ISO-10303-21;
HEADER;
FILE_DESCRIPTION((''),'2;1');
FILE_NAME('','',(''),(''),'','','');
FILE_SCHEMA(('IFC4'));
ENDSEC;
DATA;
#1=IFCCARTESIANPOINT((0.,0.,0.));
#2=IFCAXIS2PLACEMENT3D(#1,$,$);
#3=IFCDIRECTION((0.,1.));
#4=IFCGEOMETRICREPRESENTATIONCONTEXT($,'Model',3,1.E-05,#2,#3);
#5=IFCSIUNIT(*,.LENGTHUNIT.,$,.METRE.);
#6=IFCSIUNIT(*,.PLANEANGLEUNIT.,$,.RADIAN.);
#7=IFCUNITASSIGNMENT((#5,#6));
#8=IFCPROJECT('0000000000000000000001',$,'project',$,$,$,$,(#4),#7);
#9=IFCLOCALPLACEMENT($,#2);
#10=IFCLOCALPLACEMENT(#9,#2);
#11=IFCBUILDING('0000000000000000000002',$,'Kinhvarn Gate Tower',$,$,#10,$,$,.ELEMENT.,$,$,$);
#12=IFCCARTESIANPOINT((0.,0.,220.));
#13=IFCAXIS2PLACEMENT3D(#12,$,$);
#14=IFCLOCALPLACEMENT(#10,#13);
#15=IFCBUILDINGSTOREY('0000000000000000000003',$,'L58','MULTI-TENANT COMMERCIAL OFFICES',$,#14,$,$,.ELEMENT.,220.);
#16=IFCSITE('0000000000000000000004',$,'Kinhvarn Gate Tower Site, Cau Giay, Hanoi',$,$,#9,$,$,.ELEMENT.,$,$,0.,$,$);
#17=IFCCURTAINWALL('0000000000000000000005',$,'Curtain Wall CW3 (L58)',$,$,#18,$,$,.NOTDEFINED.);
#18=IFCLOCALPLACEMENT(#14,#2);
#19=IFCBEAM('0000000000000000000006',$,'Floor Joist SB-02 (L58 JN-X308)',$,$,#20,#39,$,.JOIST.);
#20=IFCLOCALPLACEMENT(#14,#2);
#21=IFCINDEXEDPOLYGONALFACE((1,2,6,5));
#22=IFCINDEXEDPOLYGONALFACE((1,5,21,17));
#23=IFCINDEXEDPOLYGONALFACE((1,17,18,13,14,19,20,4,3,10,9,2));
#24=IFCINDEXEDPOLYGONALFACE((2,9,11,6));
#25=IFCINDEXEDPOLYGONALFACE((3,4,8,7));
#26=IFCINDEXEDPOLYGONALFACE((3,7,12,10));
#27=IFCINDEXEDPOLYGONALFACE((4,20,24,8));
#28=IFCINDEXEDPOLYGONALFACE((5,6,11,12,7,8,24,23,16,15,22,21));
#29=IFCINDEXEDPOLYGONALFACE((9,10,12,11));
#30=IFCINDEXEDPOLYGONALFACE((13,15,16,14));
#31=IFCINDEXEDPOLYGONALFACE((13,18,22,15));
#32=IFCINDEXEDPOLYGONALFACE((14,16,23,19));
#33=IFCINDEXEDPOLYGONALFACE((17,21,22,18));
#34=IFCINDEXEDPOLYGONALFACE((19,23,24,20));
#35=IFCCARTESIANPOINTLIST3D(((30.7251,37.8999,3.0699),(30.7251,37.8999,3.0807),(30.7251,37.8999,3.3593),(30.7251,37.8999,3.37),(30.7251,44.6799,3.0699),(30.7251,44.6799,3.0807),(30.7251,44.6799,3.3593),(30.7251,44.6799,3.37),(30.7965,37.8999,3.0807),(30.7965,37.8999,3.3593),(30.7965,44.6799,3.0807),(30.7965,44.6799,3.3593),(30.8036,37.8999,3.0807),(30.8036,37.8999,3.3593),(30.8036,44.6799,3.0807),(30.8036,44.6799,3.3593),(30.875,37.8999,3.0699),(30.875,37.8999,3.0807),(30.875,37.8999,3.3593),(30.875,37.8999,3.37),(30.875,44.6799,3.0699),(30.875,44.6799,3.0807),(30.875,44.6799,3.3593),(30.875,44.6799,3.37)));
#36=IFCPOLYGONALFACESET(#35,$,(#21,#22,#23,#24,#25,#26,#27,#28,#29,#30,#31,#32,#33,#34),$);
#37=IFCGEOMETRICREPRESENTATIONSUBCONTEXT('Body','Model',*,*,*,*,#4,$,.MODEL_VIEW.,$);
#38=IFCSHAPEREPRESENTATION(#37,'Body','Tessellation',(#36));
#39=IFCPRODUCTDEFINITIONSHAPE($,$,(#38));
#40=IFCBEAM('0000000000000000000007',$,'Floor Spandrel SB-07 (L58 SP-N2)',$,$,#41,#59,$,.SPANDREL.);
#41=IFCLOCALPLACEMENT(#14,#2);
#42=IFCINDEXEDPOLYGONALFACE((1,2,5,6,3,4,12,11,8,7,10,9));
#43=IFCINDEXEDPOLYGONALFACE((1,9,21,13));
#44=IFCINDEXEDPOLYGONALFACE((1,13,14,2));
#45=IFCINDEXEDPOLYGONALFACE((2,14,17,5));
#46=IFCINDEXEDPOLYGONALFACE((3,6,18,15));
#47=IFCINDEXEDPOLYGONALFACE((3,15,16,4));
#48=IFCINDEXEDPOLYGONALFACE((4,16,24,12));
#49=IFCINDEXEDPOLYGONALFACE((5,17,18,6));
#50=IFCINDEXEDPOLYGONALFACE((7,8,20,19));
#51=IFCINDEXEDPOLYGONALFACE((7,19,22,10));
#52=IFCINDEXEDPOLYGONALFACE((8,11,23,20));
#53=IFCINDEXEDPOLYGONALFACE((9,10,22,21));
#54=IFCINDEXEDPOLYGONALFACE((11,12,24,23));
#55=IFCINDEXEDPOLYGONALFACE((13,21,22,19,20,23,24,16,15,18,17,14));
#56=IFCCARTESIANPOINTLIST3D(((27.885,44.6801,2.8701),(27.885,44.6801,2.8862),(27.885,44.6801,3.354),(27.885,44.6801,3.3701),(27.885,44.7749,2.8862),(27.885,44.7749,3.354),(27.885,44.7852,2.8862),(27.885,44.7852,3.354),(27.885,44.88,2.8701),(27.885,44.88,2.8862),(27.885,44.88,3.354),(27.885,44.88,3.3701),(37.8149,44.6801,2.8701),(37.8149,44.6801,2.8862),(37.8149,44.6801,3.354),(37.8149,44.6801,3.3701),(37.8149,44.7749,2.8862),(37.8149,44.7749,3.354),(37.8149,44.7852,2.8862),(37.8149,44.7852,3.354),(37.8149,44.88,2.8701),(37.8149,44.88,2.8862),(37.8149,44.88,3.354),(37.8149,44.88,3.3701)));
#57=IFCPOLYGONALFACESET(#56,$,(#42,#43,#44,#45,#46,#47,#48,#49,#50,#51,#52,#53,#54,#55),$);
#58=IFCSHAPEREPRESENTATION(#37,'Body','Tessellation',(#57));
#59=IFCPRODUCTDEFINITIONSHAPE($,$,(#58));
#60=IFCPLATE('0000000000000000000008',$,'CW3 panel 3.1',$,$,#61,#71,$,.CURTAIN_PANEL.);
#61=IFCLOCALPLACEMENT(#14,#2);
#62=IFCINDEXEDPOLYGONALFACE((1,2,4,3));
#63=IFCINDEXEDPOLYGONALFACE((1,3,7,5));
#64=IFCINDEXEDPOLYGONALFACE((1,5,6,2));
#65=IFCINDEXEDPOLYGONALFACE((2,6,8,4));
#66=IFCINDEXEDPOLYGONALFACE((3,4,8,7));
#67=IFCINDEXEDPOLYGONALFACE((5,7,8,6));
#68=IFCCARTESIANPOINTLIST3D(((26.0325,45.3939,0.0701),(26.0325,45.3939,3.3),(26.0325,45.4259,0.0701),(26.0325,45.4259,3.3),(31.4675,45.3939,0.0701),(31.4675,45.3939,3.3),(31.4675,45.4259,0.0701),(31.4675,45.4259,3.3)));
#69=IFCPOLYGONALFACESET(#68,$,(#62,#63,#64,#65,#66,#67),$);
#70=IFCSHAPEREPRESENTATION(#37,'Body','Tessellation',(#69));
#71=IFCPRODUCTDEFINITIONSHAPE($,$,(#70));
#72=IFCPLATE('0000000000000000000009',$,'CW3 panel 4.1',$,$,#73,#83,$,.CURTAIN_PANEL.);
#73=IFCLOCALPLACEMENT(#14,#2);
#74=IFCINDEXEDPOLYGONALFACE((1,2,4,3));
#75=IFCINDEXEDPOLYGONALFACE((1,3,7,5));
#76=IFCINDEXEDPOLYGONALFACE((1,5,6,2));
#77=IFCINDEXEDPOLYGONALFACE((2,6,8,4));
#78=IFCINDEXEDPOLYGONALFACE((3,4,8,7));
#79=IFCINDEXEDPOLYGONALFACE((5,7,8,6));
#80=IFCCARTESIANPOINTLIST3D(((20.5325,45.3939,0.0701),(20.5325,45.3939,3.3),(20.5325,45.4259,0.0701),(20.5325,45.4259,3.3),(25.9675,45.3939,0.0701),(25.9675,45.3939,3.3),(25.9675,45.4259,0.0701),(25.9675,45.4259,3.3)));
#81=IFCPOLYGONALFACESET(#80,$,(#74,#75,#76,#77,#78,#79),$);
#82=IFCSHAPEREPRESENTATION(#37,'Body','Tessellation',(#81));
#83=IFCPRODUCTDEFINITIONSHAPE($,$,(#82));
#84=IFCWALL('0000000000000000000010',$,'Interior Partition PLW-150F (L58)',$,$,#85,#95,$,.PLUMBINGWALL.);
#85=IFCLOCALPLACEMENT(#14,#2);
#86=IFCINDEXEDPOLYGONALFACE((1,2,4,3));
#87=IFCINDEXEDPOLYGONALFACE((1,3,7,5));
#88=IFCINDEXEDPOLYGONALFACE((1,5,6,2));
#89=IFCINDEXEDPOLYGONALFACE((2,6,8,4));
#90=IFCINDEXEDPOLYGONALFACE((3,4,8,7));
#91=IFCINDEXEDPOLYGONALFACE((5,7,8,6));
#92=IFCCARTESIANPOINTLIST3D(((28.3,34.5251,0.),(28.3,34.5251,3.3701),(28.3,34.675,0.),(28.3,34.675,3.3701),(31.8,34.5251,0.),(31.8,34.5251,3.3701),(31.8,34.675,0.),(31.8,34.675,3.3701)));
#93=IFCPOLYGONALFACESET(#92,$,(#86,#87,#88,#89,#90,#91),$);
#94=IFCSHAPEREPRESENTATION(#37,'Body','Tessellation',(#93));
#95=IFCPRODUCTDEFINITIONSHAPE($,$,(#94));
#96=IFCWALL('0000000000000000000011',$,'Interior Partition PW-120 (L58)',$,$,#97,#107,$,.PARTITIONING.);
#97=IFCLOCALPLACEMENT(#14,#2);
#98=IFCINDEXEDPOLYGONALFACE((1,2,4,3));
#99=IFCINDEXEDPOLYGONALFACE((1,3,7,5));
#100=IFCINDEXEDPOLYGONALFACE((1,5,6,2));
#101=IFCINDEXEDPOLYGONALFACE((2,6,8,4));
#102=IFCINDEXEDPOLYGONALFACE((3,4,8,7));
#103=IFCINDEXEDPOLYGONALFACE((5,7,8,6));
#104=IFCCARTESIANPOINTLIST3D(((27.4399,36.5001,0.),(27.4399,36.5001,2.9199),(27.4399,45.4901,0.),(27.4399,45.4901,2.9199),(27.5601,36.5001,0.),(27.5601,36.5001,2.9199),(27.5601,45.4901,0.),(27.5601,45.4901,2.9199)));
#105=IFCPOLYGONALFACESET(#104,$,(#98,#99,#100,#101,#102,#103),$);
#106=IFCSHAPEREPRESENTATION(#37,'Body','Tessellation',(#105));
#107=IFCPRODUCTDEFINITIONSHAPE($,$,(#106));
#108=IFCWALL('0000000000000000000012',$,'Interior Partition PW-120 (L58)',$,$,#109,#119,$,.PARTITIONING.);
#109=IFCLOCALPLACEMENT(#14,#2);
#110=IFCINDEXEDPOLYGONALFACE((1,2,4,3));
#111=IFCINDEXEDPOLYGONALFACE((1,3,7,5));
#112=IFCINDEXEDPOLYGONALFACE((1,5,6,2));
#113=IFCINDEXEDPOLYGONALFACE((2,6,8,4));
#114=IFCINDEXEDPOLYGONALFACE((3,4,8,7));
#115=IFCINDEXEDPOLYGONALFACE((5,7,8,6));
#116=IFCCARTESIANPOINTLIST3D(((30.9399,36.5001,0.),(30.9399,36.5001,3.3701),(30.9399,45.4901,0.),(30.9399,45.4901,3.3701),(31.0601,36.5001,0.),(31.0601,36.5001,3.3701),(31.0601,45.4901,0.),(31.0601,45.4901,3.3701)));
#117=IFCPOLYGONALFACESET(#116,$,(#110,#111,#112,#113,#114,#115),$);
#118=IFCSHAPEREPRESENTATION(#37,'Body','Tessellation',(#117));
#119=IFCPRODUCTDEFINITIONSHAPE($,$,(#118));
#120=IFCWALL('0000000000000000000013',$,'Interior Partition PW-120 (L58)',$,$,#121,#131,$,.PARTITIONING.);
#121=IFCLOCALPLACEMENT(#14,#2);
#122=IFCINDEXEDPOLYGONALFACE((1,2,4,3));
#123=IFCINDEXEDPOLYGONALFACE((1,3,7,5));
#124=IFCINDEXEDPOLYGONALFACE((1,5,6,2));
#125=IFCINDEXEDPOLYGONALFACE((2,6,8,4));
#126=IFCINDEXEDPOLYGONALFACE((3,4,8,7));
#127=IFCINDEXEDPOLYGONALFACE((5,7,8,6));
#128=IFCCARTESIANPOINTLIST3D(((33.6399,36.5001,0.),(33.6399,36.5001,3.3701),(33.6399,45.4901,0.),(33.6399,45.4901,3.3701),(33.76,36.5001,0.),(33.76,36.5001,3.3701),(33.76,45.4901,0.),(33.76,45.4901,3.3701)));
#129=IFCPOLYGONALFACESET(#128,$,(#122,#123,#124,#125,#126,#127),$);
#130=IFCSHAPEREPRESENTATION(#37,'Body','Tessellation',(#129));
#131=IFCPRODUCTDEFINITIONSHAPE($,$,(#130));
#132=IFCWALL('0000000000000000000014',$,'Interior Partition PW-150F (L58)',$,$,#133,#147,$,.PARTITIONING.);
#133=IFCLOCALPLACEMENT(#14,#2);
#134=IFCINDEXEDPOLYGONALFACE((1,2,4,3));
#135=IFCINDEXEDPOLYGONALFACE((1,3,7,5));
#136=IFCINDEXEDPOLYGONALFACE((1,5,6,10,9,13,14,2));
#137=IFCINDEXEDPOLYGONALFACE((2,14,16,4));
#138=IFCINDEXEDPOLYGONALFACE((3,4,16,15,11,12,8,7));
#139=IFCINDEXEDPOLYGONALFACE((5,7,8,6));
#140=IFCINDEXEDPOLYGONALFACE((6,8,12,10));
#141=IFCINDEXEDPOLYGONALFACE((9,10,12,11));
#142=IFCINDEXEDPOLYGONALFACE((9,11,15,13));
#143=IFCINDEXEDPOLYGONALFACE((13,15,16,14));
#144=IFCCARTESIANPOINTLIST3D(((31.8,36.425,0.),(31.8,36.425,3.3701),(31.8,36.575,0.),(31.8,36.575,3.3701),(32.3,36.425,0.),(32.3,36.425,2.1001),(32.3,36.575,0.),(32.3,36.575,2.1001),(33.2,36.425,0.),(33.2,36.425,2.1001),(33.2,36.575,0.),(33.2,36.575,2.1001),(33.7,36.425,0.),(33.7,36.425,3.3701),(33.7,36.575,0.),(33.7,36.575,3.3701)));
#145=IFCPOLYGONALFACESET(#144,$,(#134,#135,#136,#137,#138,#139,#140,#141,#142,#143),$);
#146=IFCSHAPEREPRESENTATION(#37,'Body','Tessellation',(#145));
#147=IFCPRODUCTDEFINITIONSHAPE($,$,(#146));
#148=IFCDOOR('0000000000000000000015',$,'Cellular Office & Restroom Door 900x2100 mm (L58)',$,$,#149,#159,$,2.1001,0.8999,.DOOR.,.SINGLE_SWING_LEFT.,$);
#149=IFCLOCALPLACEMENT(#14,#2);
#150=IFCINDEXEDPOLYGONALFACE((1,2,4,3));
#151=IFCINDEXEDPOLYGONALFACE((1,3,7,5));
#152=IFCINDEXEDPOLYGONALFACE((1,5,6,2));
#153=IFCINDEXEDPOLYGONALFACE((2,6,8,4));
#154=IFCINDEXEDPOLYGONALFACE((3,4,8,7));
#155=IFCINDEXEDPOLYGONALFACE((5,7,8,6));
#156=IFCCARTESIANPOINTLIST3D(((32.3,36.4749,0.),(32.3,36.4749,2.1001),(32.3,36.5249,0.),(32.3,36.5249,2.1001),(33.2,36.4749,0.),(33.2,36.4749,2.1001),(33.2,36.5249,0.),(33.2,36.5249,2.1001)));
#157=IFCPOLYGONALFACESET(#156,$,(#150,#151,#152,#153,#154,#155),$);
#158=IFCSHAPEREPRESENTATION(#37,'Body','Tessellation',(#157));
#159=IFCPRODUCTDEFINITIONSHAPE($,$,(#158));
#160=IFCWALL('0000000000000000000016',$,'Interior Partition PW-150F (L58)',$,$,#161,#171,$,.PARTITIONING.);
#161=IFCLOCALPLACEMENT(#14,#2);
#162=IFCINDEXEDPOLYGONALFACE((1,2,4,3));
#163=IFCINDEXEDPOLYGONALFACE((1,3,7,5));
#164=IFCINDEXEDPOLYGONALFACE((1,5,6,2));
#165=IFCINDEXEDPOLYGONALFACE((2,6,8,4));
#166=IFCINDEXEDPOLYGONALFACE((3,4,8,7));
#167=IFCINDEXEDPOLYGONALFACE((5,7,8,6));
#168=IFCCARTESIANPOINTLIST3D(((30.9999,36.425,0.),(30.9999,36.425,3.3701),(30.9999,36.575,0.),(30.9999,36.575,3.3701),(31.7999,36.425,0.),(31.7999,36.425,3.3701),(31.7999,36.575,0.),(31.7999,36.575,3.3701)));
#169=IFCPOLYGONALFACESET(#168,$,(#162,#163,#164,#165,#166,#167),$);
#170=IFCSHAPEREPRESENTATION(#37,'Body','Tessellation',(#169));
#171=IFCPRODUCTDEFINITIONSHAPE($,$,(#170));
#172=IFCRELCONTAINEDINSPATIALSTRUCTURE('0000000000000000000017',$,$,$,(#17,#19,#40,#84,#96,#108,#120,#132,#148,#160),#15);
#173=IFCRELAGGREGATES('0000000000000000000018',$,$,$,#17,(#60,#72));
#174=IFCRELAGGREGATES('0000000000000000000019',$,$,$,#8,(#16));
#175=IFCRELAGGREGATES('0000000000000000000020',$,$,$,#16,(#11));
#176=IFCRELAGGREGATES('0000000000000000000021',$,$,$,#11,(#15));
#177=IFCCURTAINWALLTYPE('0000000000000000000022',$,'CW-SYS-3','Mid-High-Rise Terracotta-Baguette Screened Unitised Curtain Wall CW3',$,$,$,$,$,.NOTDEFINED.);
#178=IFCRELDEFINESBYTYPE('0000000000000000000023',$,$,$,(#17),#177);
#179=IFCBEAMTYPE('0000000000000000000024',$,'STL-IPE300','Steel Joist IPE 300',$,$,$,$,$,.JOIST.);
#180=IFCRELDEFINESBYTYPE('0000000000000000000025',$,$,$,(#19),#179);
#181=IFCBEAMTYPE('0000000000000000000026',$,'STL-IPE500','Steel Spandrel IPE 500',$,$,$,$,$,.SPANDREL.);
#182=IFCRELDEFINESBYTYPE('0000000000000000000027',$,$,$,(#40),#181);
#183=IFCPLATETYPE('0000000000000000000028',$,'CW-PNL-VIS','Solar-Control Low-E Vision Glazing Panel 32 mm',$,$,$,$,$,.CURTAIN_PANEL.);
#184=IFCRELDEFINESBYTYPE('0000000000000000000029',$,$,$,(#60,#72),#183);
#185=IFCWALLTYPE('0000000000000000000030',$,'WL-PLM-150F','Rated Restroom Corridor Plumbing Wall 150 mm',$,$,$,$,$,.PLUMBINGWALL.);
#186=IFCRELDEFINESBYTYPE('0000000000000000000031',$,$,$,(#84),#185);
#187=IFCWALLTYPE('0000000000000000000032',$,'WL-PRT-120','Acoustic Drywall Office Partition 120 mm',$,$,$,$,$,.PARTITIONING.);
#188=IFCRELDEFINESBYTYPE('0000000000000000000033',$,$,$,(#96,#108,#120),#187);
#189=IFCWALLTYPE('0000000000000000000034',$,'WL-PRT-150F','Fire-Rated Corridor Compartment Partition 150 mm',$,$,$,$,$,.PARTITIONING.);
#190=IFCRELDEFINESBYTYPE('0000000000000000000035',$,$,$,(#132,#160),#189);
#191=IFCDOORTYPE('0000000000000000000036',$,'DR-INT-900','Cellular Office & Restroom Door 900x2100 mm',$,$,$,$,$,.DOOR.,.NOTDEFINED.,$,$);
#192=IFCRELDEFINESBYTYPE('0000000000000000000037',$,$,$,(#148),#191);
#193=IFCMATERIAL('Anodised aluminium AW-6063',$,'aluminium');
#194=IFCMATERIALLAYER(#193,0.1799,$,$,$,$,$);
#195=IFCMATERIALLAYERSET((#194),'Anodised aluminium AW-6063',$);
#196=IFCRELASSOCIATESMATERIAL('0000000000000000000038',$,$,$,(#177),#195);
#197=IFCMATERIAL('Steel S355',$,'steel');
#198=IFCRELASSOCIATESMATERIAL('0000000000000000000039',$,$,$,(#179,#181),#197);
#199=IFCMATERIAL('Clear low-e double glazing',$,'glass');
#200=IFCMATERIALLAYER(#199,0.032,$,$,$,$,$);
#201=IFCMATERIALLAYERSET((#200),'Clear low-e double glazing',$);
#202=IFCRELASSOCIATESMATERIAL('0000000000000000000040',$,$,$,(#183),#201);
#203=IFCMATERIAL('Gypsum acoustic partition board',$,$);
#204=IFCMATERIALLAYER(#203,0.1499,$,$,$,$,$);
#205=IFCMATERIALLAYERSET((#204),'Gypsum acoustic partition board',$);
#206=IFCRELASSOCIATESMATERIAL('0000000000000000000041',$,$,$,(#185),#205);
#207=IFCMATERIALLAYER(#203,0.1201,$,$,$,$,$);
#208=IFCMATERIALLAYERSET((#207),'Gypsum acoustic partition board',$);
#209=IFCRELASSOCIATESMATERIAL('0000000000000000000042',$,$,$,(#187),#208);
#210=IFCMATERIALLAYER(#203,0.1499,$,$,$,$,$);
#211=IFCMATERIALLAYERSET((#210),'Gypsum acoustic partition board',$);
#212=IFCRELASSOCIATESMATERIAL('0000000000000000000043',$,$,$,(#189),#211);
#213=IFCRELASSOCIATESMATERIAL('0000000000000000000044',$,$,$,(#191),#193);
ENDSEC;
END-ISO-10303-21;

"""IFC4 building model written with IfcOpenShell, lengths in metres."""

from ifc_helpers import new_model, si_unit, direction, frame, frame_2d, origin, origin_2d, place, context, subcontext, project, spatial, rectangle, i_section, extrude, material, layer, layer_set, material_profile, profile_set, type_object, element, fill, aggregate, save


model = new_model("IFC4")

# Units and contexts
model_context = context("Model", 3, precision=1e-05, world=origin(), true_north=direction((0.0, 1.0)))
body_context = subcontext(model_context, "Body", "Model", "MODEL_VIEW")
ifc_project = project(units=[si_unit("LENGTHUNIT", "METRE"), si_unit("PLANEANGLEUNIT", "RADIAN")], contexts=[model_context])

# Site, building, storey
site_placement = place(None, origin())
site = spatial("IfcSite", under=ifc_project, at=site_placement, Name="Kinhvarn Gate Tower Site, Cau Giay, Hanoi", CompositionType="ELEMENT", RefElevation=0.0)
building_placement = place(site_placement, origin())
building = spatial("IfcBuilding", under=site, at=building_placement, Name="Kinhvarn Gate Tower", CompositionType="ELEMENT")
storey_placement = place(building_placement, frame((0.0, 0.0, 220.0)))
storey = spatial("IfcBuildingStorey", under=building, at=storey_placement, Name="L58", Description="MULTI-TENANT COMMERCIAL OFFICES", CompositionType="ELEMENT", Elevation=220.0)

# Curtain wall
ifc_material_1 = material(Name="Anodised aluminium AW-6063", Category="aluminium")
ifc_layer_1 = layer(ifc_material_1, 0.1799)
ifc_layer_set_1 = layer_set([ifc_layer_1], Name="Anodised aluminium AW-6063")
curtain_wall_type = type_object("IfcCurtainWallType", Name="CW-SYS-3", Description="Mid-High-Rise Terracotta-Baguette Screened Unitised Curtain Wall CW3", PredefinedType="NOTDEFINED", material=ifc_layer_set_1)
curtain_wall_placement = place(storey_placement, origin())
curtain_wall = element("IfcCurtainWall", 1, at=curtain_wall_placement, inside=storey, type_object=curtain_wall_type, Name="Curtain Wall CW3 (L58)", PredefinedType="NOTDEFINED")

# Beams
ifc_material_2 = material(Name="Steel S355", Category="steel")
ifc_material_profile_1 = material_profile(ifc_material_2, i_section(OverallWidth=0.1499, OverallDepth=0.3, WebThickness=0.0071, FlangeThickness=0.0107, at=origin_2d()), Name="IPE 300")
ifc_profile_set_1 = profile_set([ifc_material_profile_1], Name="Steel S355")
beam_type_1 = type_object("IfcBeamType", Name="STL-IPE300", Description="Steel Joist IPE 300", PredefinedType="JOIST", material=ifc_profile_set_1)
for number, where, z_axis, x_axis, name in (
    (2, (30.8, 37.8999, 3.22), (0.0, 1.0, 0.0), (-1.0, 0.0, 0.0), "Floor Joist SB-02 (L58 JN-X308)"),
):
    element("IfcBeam", number, at=place(storey_placement, frame(where, z_axis=z_axis, x_axis=x_axis)), inside=storey, type_object=beam_type_1, Name=name, PredefinedType="JOIST", context=body_context, shape_type="SweptSolid", body=[
        extrude(i_section(OverallWidth=0.1499, OverallDepth=0.3, WebThickness=0.0071, FlangeThickness=0.0107, at=origin_2d()), origin(), (0.0, 0.0, 1.0), 6.78),
    ])
ifc_material_profile_2 = material_profile(ifc_material_2, i_section(OverallWidth=0.2, OverallDepth=0.5, WebThickness=0.0103, FlangeThickness=0.0161, at=origin_2d()), Name="IPE 500")
ifc_profile_set_2 = profile_set([ifc_material_profile_2], Name="Steel S355")
beam_type_2 = type_object("IfcBeamType", Name="STL-IPE500", Description="Steel Spandrel IPE 500", PredefinedType="SPANDREL", material=ifc_profile_set_2)
beam_1_placement = place(storey_placement, frame((27.885, 44.78, 3.1201), z_axis=(1.0, 0.0, 0.0), x_axis=(0.0, 1.0, 0.0)))
element("IfcBeam", 3, at=beam_1_placement, inside=storey, type_object=beam_type_2, Name="Floor Spandrel SB-07 (L58 SP-N2)", PredefinedType="SPANDREL", context=body_context, shape_type="SweptSolid", body=[
    extrude(i_section(OverallWidth=0.2, OverallDepth=0.5, WebThickness=0.0103, FlangeThickness=0.0161, at=origin_2d()), origin(), (0.0, 0.0, 1.0), 9.9299),
])

# Plates
ifc_material_3 = material(Name="Clear low-e double glazing", Category="glass")
ifc_layer_2 = layer(ifc_material_3, 0.032)
ifc_layer_set_2 = layer_set([ifc_layer_2], Name="Clear low-e double glazing")
plate_type = type_object("IfcPlateType", Name="CW-PNL-VIS", Description="Solar-Control Low-E Vision Glazing Panel 32 mm", PredefinedType="CURTAIN_PANEL", material=ifc_layer_set_2)
plate_1_placement = place(storey_placement, frame((28.75, 45.4099, 0.0701), z_axis=(0.0, 0.0, 1.0), x_axis=(-1.0, 0.0, 0.0)))
plate_1 = element("IfcPlate", 4, at=plate_1_placement, type_object=plate_type, Name="CW3 panel 3.1", PredefinedType="CURTAIN_PANEL", context=body_context, shape_type="SweptSolid", body=[
    extrude(rectangle(XDim=5.4351, YDim=0.032, at=origin_2d()), origin(), (0.0, 0.0, 1.0), 3.23),
])
plate_2_placement = place(storey_placement, frame((23.25, 45.4099, 0.0701), z_axis=(0.0, 0.0, 1.0), x_axis=(-1.0, 0.0, 0.0)))
plate_2 = element("IfcPlate", 5, at=plate_2_placement, type_object=plate_type, Name="CW3 panel 4.1", PredefinedType="CURTAIN_PANEL", context=body_context, shape_type="SweptSolid", body=[
    extrude(rectangle(XDim=5.4351, YDim=0.032, at=origin_2d()), origin(), (0.0, 0.0, 1.0), 3.23),
])
aggregate(curtain_wall, [plate_1, plate_2])

# Walls
ifc_material_4 = material(Name="Gypsum acoustic partition board")
ifc_layer_3 = layer(ifc_material_4, 0.1499)
ifc_layer_set_3 = layer_set([ifc_layer_3], Name="Gypsum acoustic partition board")
wall_type_1 = type_object("IfcWallType", Name="WL-PLM-150F", Description="Rated Restroom Corridor Plumbing Wall 150 mm", PredefinedType="PLUMBINGWALL", material=ifc_layer_set_3)
wall_1_placement = place(storey_placement, frame((28.3, 34.6001, 0.0), z_axis=(0.0, 0.0, 1.0), x_axis=(1.0, 0.0, 0.0)))
element("IfcWall", 6, at=wall_1_placement, inside=storey, type_object=wall_type_1, Name="Interior Partition PLW-150F (L58)", PredefinedType="PLUMBINGWALL", context=body_context, shape_type="SweptSolid", body=[
    extrude(rectangle(XDim=3.5, YDim=0.1499, at=frame_2d((1.75, 0.0))), origin(), (0.0, 0.0, 1.0), 3.3701),
])
ifc_layer_4 = layer(ifc_material_4, 0.1201)
ifc_layer_set_4 = layer_set([ifc_layer_4], Name="Gypsum acoustic partition board")
wall_type_2 = type_object("IfcWallType", Name="WL-PRT-120", Description="Acoustic Drywall Office Partition 120 mm", PredefinedType="PARTITIONING", material=ifc_layer_set_4)
wall_2_placement = place(storey_placement, frame((27.5, 36.5, 0.0), z_axis=(0.0, 0.0, 1.0), x_axis=(0.0, 1.0, 0.0)))
element("IfcWall", 7, at=wall_2_placement, inside=storey, type_object=wall_type_2, Name="Interior Partition PW-120 (L58)", PredefinedType="PARTITIONING", context=body_context, shape_type="SweptSolid", body=[
    extrude(rectangle(XDim=8.99, YDim=0.1201, at=frame_2d((4.4951, 0.0))), origin(), (0.0, 0.0, 1.0), 2.9199),
])
for number, where, z_axis, x_axis, name in (
    (8, (31.0, 36.5, 0.0), (0.0, 0.0, 1.0), (0.0, 1.0, 0.0), "Interior Partition PW-120 (L58)"),
    (9, (33.7, 36.5, 0.0), (0.0, 0.0, 1.0), (0.0, 1.0, 0.0), "Interior Partition PW-120 (L58)"),
):
    element("IfcWall", number, at=place(storey_placement, frame(where, z_axis=z_axis, x_axis=x_axis)), inside=storey, type_object=wall_type_2, Name=name, PredefinedType="PARTITIONING", context=body_context, shape_type="SweptSolid", body=[
        extrude(rectangle(XDim=8.99, YDim=0.1201, at=frame_2d((4.4951, 0.0))), origin(), (0.0, 0.0, 1.0), 3.3701),
    ])

# Wall, opening, door
ifc_layer_5 = layer(ifc_material_4, 0.1499)
ifc_layer_set_5 = layer_set([ifc_layer_5], Name="Gypsum acoustic partition board")
wall_type_3 = type_object("IfcWallType", Name="WL-PRT-150F", Description="Fire-Rated Corridor Compartment Partition 150 mm", PredefinedType="PARTITIONING", material=ifc_layer_set_5)
wall_3_placement = place(storey_placement, frame((31.8, 36.5, 0.0), z_axis=(0.0, 0.0, 1.0), x_axis=(1.0, 0.0, 0.0)))
wall_3 = element("IfcWall", 10, at=wall_3_placement, inside=storey, type_object=wall_type_3, Name="Interior Partition PW-150F (L58)", PredefinedType="PARTITIONING", context=body_context, shape_type="SweptSolid", body=[
    extrude(rectangle(XDim=1.8999, YDim=0.1499, at=frame_2d((0.95, 0.0))), origin(), (0.0, 0.0, 1.0), 3.3701),
])
opening_1_placement = place(wall_3_placement, frame((0.5, 0.0, 0.0)))
opening_1 = element("IfcOpeningElement", 11, at=opening_1_placement, cuts=wall_3, PredefinedType="OPENING", context=body_context, shape_type="SweptSolid", body=[
    extrude(rectangle(XDim=0.8999, YDim=2.1001, at=frame_2d((0.45, 1.05))), frame((0.0, 0.085, 0.0), z_axis=(0.0, -1.0, 0.0), x_axis=(1.0, 0.0, 0.0)), (0.0, 0.0, 1.0), 0.1699),
])
door_type_1 = type_object("IfcDoorType", Name="DR-INT-900", Description="Cellular Office & Restroom Door 900x2100 mm", OperationType="NOTDEFINED", PredefinedType="DOOR", material=ifc_material_1)
door_1_placement = place(opening_1_placement, origin())
door_1 = element("IfcDoor", 12, at=door_1_placement, inside=storey, type_object=door_type_1, Name="Cellular Office & Restroom Door 900x2100 mm (L58)", OperationType="SINGLE_SWING_LEFT", OverallHeight=2.1001, OverallWidth=0.8999, PredefinedType="DOOR", context=body_context, shape_type="SweptSolid", body=[
    extrude(rectangle(XDim=0.8999, YDim=2.1001, at=frame_2d((0.45, 1.05))), frame((0.0, 0.0249, 0.0), z_axis=(0.0, -1.0, 0.0), x_axis=(1.0, 0.0, 0.0)), (0.0, 0.0, 1.0), 0.05),
])
fill(opening_1, door_1)

# Wall
wall_4_placement = place(storey_placement, frame((31.0, 36.5, 0.0), z_axis=(0.0, 0.0, 1.0), x_axis=(1.0, 0.0, 0.0)))
element("IfcWall", 13, at=wall_4_placement, inside=storey, type_object=wall_type_3, Name="Interior Partition PW-150F (L58)", PredefinedType="PARTITIONING", context=body_context, shape_type="SweptSolid", body=[
    extrude(rectangle(XDim=0.8, YDim=0.1499, at=frame_2d((0.3999, 0.0))), origin(), (0.0, 0.0, 1.0), 3.3701),
])

save(model, "model.ifc")
